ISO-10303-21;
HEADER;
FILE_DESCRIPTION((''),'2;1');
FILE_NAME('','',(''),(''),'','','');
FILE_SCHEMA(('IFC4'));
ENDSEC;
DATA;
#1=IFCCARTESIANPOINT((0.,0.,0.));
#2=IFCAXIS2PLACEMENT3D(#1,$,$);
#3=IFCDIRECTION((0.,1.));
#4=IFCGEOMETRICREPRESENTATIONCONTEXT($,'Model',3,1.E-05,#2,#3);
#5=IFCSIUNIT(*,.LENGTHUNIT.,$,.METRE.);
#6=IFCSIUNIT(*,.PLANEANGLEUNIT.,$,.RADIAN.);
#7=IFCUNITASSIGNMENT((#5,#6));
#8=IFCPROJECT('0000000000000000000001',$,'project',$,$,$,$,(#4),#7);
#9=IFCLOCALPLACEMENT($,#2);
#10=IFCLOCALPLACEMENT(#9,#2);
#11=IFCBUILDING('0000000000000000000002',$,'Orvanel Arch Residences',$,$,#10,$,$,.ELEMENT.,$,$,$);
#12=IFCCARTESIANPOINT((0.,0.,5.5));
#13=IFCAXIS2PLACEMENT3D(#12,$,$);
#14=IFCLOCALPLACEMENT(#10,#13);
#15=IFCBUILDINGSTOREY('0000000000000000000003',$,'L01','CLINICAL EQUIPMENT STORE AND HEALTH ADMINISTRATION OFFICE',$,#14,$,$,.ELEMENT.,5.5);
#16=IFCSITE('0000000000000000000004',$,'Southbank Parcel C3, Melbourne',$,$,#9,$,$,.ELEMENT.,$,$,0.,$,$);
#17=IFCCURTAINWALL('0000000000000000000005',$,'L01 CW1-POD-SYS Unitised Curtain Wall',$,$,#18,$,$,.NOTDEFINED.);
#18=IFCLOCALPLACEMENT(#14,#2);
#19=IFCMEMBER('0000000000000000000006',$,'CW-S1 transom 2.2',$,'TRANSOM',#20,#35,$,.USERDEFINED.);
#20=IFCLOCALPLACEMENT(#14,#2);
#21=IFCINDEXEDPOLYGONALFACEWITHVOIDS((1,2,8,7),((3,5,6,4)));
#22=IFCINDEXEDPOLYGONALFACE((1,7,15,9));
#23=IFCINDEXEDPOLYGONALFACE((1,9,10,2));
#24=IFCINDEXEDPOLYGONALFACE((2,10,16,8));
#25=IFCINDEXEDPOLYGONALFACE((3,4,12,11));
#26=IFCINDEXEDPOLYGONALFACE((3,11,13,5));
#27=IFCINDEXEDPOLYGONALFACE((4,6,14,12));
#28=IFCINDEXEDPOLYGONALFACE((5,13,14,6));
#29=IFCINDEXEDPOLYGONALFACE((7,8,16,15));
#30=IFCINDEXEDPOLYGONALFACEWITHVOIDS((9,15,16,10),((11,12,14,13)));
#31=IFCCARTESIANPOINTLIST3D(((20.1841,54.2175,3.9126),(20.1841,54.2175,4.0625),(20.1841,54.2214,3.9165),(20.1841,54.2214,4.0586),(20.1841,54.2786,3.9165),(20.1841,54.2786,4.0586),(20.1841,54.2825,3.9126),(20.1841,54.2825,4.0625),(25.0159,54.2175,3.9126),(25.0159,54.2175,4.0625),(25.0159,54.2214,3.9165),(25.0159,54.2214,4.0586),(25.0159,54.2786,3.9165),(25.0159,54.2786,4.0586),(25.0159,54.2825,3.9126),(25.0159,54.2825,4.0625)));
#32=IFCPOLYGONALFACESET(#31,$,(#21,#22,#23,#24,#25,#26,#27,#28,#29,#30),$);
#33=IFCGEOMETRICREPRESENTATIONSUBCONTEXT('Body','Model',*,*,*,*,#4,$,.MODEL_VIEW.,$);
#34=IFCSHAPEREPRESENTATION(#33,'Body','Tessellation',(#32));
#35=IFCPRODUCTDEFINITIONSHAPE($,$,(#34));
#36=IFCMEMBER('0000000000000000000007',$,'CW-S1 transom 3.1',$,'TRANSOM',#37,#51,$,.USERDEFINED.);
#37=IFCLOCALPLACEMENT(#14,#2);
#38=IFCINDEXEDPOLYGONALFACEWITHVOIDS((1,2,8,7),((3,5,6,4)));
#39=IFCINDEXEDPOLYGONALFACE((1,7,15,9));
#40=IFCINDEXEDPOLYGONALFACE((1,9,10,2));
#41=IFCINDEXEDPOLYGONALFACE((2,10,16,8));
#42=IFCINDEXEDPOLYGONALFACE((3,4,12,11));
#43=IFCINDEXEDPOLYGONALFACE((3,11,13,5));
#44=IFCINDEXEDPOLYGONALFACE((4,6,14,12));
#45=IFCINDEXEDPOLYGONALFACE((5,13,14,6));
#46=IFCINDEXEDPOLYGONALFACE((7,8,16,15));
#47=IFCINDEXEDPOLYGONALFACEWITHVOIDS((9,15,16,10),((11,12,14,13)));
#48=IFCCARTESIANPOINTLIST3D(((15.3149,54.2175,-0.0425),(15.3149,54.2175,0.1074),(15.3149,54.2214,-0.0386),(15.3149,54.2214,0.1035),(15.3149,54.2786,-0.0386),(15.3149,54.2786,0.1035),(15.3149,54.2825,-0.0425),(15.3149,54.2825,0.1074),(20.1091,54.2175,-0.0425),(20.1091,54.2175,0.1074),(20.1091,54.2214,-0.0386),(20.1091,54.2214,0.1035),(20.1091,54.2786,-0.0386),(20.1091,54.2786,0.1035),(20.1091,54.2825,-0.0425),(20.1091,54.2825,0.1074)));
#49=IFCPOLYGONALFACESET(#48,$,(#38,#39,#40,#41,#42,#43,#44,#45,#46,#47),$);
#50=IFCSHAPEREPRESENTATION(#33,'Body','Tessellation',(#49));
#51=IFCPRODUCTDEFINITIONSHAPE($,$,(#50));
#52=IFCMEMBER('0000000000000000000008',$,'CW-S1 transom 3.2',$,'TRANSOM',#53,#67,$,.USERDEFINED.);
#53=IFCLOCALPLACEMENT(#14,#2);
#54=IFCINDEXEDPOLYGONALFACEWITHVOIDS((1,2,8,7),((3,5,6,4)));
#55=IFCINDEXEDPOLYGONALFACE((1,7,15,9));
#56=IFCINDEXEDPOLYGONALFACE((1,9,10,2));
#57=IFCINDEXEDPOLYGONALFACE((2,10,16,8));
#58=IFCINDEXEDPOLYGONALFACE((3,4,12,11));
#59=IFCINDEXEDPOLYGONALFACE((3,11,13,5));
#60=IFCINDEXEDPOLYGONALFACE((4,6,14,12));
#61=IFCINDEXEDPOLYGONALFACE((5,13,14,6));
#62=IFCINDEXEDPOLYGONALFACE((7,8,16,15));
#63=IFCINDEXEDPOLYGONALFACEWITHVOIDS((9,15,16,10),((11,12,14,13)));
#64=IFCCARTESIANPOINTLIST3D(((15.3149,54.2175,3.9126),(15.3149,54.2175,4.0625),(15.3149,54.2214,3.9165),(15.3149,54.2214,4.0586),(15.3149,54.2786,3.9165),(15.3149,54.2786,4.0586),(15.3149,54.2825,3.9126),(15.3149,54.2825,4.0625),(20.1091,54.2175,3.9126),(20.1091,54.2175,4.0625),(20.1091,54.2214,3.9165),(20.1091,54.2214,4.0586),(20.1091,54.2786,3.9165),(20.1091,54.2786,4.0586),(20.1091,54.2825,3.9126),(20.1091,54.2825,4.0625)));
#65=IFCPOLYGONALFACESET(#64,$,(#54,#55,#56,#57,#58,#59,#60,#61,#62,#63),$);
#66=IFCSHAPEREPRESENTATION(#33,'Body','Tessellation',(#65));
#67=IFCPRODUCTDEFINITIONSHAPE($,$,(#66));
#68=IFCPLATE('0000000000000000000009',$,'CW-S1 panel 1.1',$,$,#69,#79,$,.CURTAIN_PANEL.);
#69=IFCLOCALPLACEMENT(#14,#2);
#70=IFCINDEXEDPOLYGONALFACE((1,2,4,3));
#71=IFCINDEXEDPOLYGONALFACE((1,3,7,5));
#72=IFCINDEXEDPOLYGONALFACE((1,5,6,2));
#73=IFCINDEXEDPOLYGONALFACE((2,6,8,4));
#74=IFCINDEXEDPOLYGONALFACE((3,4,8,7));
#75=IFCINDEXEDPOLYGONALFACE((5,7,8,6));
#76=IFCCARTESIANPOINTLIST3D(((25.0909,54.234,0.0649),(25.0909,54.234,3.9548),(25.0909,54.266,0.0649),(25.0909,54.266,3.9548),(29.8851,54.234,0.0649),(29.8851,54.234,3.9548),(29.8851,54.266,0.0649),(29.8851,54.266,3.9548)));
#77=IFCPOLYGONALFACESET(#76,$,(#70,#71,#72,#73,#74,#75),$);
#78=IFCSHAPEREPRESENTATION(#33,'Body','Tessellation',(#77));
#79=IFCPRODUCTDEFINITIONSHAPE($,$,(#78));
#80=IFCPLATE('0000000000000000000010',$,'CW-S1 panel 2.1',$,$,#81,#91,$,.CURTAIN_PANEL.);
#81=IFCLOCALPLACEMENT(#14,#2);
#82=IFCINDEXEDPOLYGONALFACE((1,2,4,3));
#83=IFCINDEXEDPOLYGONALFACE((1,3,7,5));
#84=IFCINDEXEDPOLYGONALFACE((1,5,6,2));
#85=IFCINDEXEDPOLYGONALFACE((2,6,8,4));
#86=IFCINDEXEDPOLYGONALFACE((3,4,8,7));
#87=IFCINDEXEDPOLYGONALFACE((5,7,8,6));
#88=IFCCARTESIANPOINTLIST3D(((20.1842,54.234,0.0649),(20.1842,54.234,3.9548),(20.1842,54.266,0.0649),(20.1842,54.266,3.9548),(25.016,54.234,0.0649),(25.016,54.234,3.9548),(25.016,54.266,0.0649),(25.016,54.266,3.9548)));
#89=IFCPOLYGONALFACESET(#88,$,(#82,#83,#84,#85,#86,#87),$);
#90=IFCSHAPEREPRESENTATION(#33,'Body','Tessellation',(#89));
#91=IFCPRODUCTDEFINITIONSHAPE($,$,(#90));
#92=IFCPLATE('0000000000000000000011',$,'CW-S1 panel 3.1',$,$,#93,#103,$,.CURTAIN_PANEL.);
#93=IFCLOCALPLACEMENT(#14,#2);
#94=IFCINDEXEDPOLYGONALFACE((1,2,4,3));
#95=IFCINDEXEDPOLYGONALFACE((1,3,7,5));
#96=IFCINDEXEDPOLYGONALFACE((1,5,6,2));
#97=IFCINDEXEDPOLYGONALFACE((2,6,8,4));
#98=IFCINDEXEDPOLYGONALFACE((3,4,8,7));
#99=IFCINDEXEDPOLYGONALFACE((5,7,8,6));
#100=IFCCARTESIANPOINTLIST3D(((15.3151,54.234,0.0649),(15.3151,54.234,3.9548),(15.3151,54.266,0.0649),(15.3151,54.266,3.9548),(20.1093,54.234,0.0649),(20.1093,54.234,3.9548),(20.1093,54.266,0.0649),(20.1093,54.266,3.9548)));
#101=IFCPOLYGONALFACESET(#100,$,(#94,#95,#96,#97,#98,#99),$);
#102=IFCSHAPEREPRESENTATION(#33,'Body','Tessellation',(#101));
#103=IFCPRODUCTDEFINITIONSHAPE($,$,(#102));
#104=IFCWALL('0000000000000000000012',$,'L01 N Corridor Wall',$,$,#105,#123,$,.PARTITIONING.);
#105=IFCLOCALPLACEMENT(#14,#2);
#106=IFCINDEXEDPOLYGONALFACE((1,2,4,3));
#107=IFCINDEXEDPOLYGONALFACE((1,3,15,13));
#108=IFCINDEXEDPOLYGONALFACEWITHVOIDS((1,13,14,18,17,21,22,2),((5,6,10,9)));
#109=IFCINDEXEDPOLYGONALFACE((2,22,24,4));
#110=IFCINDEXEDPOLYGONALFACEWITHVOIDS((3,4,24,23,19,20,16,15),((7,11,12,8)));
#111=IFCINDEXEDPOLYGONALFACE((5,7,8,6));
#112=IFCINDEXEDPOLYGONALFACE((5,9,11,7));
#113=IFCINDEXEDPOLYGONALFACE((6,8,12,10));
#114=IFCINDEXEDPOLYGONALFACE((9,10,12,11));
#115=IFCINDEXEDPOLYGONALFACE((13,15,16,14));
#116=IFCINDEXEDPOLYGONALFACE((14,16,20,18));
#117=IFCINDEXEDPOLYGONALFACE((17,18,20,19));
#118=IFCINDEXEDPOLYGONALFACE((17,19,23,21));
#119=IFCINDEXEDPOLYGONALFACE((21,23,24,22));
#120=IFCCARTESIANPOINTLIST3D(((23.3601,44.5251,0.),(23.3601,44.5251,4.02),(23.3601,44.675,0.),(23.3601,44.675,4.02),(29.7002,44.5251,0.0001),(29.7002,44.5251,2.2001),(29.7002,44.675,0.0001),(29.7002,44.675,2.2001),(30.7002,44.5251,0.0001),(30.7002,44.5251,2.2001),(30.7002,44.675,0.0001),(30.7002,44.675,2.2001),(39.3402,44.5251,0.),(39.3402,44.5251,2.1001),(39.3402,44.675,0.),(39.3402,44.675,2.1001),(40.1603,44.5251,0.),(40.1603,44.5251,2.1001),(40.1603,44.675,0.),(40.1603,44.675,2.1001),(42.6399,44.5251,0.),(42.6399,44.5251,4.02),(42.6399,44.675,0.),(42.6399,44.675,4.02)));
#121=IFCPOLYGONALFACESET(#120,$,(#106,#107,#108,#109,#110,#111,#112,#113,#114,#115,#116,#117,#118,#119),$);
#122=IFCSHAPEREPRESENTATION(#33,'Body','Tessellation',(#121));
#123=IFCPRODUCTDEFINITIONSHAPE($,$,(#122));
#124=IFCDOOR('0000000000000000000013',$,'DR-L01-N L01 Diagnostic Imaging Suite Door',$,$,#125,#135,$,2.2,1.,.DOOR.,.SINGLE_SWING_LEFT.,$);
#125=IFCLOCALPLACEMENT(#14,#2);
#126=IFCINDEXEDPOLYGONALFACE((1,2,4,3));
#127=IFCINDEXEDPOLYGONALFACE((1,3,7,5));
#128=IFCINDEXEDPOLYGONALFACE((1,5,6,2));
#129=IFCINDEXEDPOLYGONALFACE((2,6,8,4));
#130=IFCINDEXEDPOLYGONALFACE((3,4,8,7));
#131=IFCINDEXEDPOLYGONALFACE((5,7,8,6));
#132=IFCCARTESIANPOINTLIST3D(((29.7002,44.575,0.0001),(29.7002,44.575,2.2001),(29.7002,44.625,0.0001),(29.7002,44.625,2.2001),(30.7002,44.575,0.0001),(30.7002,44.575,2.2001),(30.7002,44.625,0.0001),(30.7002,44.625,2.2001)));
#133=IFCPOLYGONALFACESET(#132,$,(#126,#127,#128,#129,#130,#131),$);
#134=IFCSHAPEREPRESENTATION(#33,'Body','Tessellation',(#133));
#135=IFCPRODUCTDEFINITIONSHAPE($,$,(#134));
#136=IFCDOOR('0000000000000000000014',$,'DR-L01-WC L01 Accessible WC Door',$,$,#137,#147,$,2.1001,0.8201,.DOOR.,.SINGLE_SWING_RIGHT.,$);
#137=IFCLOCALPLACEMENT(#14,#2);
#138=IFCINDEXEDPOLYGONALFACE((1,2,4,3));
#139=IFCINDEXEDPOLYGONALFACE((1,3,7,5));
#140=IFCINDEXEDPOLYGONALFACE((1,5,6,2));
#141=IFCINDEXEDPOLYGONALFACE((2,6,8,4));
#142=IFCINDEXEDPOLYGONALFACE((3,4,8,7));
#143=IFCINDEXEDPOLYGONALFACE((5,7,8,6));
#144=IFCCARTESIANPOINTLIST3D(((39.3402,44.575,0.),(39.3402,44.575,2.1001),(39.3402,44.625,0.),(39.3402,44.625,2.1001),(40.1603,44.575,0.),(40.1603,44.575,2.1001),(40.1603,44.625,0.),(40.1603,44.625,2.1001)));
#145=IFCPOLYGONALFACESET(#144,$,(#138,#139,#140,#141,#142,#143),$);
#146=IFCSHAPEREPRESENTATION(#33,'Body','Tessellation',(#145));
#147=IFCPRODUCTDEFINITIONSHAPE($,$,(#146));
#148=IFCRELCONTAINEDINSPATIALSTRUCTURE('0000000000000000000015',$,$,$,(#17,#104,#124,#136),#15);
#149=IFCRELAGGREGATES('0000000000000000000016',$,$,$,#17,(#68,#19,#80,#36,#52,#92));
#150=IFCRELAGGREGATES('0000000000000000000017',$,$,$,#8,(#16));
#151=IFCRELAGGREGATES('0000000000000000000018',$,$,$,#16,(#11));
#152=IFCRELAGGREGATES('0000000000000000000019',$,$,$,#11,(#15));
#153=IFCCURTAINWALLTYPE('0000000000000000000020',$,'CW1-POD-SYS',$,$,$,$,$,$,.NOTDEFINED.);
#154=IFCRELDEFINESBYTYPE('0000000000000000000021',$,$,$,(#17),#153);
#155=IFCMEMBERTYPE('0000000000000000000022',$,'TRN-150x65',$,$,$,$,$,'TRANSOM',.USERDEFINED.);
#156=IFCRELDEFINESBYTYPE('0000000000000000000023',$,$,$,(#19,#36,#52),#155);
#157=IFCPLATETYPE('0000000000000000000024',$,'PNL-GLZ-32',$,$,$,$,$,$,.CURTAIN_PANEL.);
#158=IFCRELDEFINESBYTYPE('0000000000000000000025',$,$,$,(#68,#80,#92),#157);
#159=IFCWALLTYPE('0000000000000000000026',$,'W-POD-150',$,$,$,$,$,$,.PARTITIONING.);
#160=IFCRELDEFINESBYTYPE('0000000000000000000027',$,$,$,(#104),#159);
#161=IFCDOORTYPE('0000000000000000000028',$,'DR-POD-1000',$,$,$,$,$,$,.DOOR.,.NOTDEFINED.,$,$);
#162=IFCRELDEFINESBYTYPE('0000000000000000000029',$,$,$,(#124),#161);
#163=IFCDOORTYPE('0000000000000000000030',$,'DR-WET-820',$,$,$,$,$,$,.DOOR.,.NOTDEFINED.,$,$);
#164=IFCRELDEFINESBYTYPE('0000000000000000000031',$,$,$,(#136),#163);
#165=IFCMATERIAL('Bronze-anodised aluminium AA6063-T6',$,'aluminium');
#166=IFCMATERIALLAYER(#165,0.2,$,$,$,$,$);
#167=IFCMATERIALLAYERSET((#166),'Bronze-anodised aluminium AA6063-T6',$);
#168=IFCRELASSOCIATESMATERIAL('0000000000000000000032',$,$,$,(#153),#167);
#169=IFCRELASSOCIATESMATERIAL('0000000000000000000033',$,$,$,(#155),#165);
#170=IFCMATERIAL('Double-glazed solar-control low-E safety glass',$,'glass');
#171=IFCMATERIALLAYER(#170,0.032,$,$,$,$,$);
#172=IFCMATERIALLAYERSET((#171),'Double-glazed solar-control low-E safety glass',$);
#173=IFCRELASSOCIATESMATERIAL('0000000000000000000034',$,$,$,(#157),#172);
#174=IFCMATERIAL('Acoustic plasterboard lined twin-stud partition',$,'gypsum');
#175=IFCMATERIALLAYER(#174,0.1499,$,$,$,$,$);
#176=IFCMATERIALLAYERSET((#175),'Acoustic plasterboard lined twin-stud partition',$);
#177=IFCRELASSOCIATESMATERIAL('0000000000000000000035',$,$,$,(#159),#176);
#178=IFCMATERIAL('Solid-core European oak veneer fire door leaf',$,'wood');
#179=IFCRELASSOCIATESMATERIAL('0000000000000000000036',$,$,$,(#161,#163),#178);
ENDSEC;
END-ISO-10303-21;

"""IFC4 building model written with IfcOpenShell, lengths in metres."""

from ifc_helpers import new_model, si_unit, direction, frame, frame_2d, origin, origin_2d, place, context, subcontext, project, spatial, rectangle, hollow_rectangle, extrude, material, layer, layer_set, material_profile, profile_set, type_object, element, fill, aggregate, save


model = new_model("IFC4")

# Units and contexts
model_context = context("Model", 3, precision=1e-05, world=origin(), true_north=direction((0.0, 1.0)))
body_context = subcontext(model_context, "Body", "Model", "MODEL_VIEW")
ifc_project = project(units=[si_unit("LENGTHUNIT", "METRE"), si_unit("PLANEANGLEUNIT", "RADIAN")], contexts=[model_context])

# Site, building, storey
site_placement = place(None, origin())
site = spatial("IfcSite", under=ifc_project, at=site_placement, Name="Southbank Parcel C3, Melbourne", CompositionType="ELEMENT", RefElevation=0.0)
building_placement = place(site_placement, origin())
building = spatial("IfcBuilding", under=site, at=building_placement, Name="Orvanel Arch Residences", CompositionType="ELEMENT")
storey_placement = place(building_placement, frame((0.0, 0.0, 5.5)))
storey = spatial("IfcBuildingStorey", under=building, at=storey_placement, Name="L01", Description="CLINICAL EQUIPMENT STORE AND HEALTH ADMINISTRATION OFFICE", CompositionType="ELEMENT", Elevation=5.5)

# Curtain wall, members, plates
ifc_material_1 = material(Name="Bronze-anodised aluminium AA6063-T6", Category="aluminium")
ifc_layer_1 = layer(ifc_material_1, 0.2)
ifc_layer_set_1 = layer_set([ifc_layer_1], Name="Bronze-anodised aluminium AA6063-T6")
curtain_wall_type = type_object("IfcCurtainWallType", Name="CW1-POD-SYS", PredefinedType="NOTDEFINED", material=ifc_layer_set_1)
curtain_wall_placement = place(storey_placement, origin())
curtain_wall = element("IfcCurtainWall", 1, at=curtain_wall_placement, inside=storey, type_object=curtain_wall_type, Name="L01 CW1-POD-SYS Unitised Curtain Wall", PredefinedType="NOTDEFINED")
ifc_material_profile_1 = material_profile(ifc_material_1, hollow_rectangle(XDim=0.0649, YDim=0.1499, WallThickness=0.0039, at=origin_2d()), Name="ALU150x65x4")
ifc_profile_set_1 = profile_set([ifc_material_profile_1], Name="Bronze-anodised aluminium AA6063-T6")
member_type_1 = type_object("IfcMemberType", Name="TRN-150x65", ElementType="TRANSOM", PredefinedType="USERDEFINED", material=ifc_profile_set_1)
member_1_placement = place(storey_placement, frame((25.0159, 54.25, 3.9875), z_axis=(-1.0, 0.0, 0.0), x_axis=(0.0, -1.0, 0.0)))
member_1 = element("IfcMember", 2, at=member_1_placement, type_object=member_type_1, Name="CW-S1 transom 2.2", ObjectType="TRANSOM", PredefinedType="USERDEFINED", context=body_context, shape_type="SweptSolid", body=[
    extrude(hollow_rectangle(XDim=0.0649, YDim=0.1499, WallThickness=0.0039, at=origin_2d()), origin(), (0.0, 0.0, 1.0), 4.8318),
])
member_2_placement = place(storey_placement, frame((20.1091, 54.25, 0.0325), z_axis=(-1.0, 0.0, 0.0), x_axis=(0.0, -1.0, 0.0)))
member_2 = element("IfcMember", 3, at=member_2_placement, type_object=member_type_1, Name="CW-S1 transom 3.1", ObjectType="TRANSOM", PredefinedType="USERDEFINED", context=body_context, shape_type="SweptSolid", body=[
    extrude(hollow_rectangle(XDim=0.0649, YDim=0.1499, WallThickness=0.0039, at=origin_2d()), origin(), (0.0, 0.0, 1.0), 4.7942),
])
member_3_placement = place(storey_placement, frame((20.1091, 54.25, 3.9875), z_axis=(-1.0, 0.0, 0.0), x_axis=(0.0, -1.0, 0.0)))
member_3 = element("IfcMember", 4, at=member_3_placement, type_object=member_type_1, Name="CW-S1 transom 3.2", ObjectType="TRANSOM", PredefinedType="USERDEFINED", context=body_context, shape_type="SweptSolid", body=[
    extrude(hollow_rectangle(XDim=0.0649, YDim=0.1499, WallThickness=0.0039, at=origin_2d()), origin(), (0.0, 0.0, 1.0), 4.7942),
])
ifc_material_2 = material(Name="Double-glazed solar-control low-E safety glass", Category="glass")
ifc_layer_2 = layer(ifc_material_2, 0.032)
ifc_layer_set_2 = layer_set([ifc_layer_2], Name="Double-glazed solar-control low-E safety glass")
plate_type = type_object("IfcPlateType", Name="PNL-GLZ-32", PredefinedType="CURTAIN_PANEL", material=ifc_layer_set_2)
plate_1_placement = place(storey_placement, frame((27.488, 54.25, 0.0649), z_axis=(0.0, 0.0, 1.0), x_axis=(-1.0, 0.0, 0.0)))
plate_1 = element("IfcPlate", 5, at=plate_1_placement, type_object=plate_type, Name="CW-S1 panel 1.1", PredefinedType="CURTAIN_PANEL", context=body_context, shape_type="SweptSolid", body=[
    extrude(rectangle(XDim=4.7942, YDim=0.032, at=origin_2d()), origin(), (0.0, 0.0, 1.0), 3.8899),
])
plate_2_placement = place(storey_placement, frame((22.6001, 54.25, 0.0649), z_axis=(0.0, 0.0, 1.0), x_axis=(-1.0, 0.0, 0.0)))
plate_2 = element("IfcPlate", 6, at=plate_2_placement, type_object=plate_type, Name="CW-S1 panel 2.1", PredefinedType="CURTAIN_PANEL", context=body_context, shape_type="SweptSolid", body=[
    extrude(rectangle(XDim=4.8318, YDim=0.032, at=origin_2d()), origin(), (0.0, 0.0, 1.0), 3.8899),
])
plate_3_placement = place(storey_placement, frame((17.7122, 54.25, 0.0649), z_axis=(0.0, 0.0, 1.0), x_axis=(-1.0, 0.0, 0.0)))
plate_3 = element("IfcPlate", 7, at=plate_3_placement, type_object=plate_type, Name="CW-S1 panel 3.1", PredefinedType="CURTAIN_PANEL", context=body_context, shape_type="SweptSolid", body=[
    extrude(rectangle(XDim=4.7942, YDim=0.032, at=origin_2d()), origin(), (0.0, 0.0, 1.0), 3.8899),
])
aggregate(curtain_wall, [plate_1, member_1, plate_2, member_2, member_3, plate_3])

# Wall, openings, doors
ifc_material_3 = material(Name="Acoustic plasterboard lined twin-stud partition", Category="gypsum")
ifc_layer_3 = layer(ifc_material_3, 0.1499)
ifc_layer_set_3 = layer_set([ifc_layer_3], Name="Acoustic plasterboard lined twin-stud partition")
wall_type = type_object("IfcWallType", Name="W-POD-150", PredefinedType="PARTITIONING", material=ifc_layer_set_3)
wall_placement = place(storey_placement, frame((23.3601, 44.6001, 0.0), z_axis=(0.0, 0.0, 1.0), x_axis=(1.0, 0.0, 0.0)))
wall = element("IfcWall", 8, at=wall_placement, inside=storey, type_object=wall_type, Name="L01 N Corridor Wall", PredefinedType="PARTITIONING", context=body_context, shape_type="SweptSolid", body=[
    extrude(rectangle(XDim=19.2798, YDim=0.1499, at=frame_2d((9.6399, 0.0))), origin(), (0.0, 0.0, 1.0), 4.02),
])
opening_1_placement = place(wall_placement, frame((6.3401, 0.0, 0.0)))
opening_1 = element("IfcOpeningElement", 9, at=opening_1_placement, cuts=wall, PredefinedType="OPENING", context=body_context, shape_type="SweptSolid", body=[
    extrude(rectangle(XDim=1.0, YDim=2.2, at=frame_2d((0.5, 1.1001))), frame((0.0, 0.085, 0.0), z_axis=(0.0, -1.0, 0.0), x_axis=(1.0, 0.0, 0.0)), (0.0, 0.0, 1.0), 0.1699),
])
opening_2_placement = place(wall_placement, frame((15.98, 0.0, 0.0)))
opening_2 = element("IfcOpeningElement", 10, at=opening_2_placement, cuts=wall, PredefinedType="OPENING", context=body_context, shape_type="SweptSolid", body=[
    extrude(rectangle(XDim=0.8201, YDim=2.1001, at=frame_2d((0.4102, 1.05))), frame((0.0, 0.085, 0.0), z_axis=(0.0, -1.0, 0.0), x_axis=(1.0, 0.0, 0.0)), (0.0, 0.0, 1.0), 0.1699),
])
ifc_material_4 = material(Name="Solid-core European oak veneer fire door leaf", Category="wood")
door_type_1 = type_object("IfcDoorType", Name="DR-POD-1000", OperationType="NOTDEFINED", PredefinedType="DOOR", material=ifc_material_4)
door_1_placement = place(opening_1_placement, origin())
door_1 = element("IfcDoor", 11, at=door_1_placement, inside=storey, type_object=door_type_1, Name="DR-L01-N L01 Diagnostic Imaging Suite Door", OperationType="SINGLE_SWING_LEFT", OverallHeight=2.2, OverallWidth=1.0, PredefinedType="DOOR", context=body_context, shape_type="SweptSolid", body=[
    extrude(rectangle(XDim=1.0, YDim=2.2, at=frame_2d((0.5, 1.1001))), frame((0.0, 0.0249, 0.0), z_axis=(0.0, -1.0, 0.0), x_axis=(1.0, 0.0, 0.0)), (0.0, 0.0, 1.0), 0.05),
])
fill(opening_1, door_1)
door_type_2 = type_object("IfcDoorType", Name="DR-WET-820", OperationType="NOTDEFINED", PredefinedType="DOOR", material=ifc_material_4)
door_2_placement = place(opening_2_placement, origin())
door_2 = element("IfcDoor", 12, at=door_2_placement, inside=storey, type_object=door_type_2, Name="DR-L01-WC L01 Accessible WC Door", OperationType="SINGLE_SWING_RIGHT", OverallHeight=2.1001, OverallWidth=0.8201, PredefinedType="DOOR", context=body_context, shape_type="SweptSolid", body=[
    extrude(rectangle(XDim=0.8201, YDim=2.1001, at=frame_2d((0.4102, 1.05))), frame((0.0, 0.0249, 0.0), z_axis=(0.0, -1.0, 0.0), x_axis=(1.0, 0.0, 0.0)), (0.0, 0.0, 1.0), 0.05),
])
fill(opening_2, door_2)

save(model, "model.ifc")
